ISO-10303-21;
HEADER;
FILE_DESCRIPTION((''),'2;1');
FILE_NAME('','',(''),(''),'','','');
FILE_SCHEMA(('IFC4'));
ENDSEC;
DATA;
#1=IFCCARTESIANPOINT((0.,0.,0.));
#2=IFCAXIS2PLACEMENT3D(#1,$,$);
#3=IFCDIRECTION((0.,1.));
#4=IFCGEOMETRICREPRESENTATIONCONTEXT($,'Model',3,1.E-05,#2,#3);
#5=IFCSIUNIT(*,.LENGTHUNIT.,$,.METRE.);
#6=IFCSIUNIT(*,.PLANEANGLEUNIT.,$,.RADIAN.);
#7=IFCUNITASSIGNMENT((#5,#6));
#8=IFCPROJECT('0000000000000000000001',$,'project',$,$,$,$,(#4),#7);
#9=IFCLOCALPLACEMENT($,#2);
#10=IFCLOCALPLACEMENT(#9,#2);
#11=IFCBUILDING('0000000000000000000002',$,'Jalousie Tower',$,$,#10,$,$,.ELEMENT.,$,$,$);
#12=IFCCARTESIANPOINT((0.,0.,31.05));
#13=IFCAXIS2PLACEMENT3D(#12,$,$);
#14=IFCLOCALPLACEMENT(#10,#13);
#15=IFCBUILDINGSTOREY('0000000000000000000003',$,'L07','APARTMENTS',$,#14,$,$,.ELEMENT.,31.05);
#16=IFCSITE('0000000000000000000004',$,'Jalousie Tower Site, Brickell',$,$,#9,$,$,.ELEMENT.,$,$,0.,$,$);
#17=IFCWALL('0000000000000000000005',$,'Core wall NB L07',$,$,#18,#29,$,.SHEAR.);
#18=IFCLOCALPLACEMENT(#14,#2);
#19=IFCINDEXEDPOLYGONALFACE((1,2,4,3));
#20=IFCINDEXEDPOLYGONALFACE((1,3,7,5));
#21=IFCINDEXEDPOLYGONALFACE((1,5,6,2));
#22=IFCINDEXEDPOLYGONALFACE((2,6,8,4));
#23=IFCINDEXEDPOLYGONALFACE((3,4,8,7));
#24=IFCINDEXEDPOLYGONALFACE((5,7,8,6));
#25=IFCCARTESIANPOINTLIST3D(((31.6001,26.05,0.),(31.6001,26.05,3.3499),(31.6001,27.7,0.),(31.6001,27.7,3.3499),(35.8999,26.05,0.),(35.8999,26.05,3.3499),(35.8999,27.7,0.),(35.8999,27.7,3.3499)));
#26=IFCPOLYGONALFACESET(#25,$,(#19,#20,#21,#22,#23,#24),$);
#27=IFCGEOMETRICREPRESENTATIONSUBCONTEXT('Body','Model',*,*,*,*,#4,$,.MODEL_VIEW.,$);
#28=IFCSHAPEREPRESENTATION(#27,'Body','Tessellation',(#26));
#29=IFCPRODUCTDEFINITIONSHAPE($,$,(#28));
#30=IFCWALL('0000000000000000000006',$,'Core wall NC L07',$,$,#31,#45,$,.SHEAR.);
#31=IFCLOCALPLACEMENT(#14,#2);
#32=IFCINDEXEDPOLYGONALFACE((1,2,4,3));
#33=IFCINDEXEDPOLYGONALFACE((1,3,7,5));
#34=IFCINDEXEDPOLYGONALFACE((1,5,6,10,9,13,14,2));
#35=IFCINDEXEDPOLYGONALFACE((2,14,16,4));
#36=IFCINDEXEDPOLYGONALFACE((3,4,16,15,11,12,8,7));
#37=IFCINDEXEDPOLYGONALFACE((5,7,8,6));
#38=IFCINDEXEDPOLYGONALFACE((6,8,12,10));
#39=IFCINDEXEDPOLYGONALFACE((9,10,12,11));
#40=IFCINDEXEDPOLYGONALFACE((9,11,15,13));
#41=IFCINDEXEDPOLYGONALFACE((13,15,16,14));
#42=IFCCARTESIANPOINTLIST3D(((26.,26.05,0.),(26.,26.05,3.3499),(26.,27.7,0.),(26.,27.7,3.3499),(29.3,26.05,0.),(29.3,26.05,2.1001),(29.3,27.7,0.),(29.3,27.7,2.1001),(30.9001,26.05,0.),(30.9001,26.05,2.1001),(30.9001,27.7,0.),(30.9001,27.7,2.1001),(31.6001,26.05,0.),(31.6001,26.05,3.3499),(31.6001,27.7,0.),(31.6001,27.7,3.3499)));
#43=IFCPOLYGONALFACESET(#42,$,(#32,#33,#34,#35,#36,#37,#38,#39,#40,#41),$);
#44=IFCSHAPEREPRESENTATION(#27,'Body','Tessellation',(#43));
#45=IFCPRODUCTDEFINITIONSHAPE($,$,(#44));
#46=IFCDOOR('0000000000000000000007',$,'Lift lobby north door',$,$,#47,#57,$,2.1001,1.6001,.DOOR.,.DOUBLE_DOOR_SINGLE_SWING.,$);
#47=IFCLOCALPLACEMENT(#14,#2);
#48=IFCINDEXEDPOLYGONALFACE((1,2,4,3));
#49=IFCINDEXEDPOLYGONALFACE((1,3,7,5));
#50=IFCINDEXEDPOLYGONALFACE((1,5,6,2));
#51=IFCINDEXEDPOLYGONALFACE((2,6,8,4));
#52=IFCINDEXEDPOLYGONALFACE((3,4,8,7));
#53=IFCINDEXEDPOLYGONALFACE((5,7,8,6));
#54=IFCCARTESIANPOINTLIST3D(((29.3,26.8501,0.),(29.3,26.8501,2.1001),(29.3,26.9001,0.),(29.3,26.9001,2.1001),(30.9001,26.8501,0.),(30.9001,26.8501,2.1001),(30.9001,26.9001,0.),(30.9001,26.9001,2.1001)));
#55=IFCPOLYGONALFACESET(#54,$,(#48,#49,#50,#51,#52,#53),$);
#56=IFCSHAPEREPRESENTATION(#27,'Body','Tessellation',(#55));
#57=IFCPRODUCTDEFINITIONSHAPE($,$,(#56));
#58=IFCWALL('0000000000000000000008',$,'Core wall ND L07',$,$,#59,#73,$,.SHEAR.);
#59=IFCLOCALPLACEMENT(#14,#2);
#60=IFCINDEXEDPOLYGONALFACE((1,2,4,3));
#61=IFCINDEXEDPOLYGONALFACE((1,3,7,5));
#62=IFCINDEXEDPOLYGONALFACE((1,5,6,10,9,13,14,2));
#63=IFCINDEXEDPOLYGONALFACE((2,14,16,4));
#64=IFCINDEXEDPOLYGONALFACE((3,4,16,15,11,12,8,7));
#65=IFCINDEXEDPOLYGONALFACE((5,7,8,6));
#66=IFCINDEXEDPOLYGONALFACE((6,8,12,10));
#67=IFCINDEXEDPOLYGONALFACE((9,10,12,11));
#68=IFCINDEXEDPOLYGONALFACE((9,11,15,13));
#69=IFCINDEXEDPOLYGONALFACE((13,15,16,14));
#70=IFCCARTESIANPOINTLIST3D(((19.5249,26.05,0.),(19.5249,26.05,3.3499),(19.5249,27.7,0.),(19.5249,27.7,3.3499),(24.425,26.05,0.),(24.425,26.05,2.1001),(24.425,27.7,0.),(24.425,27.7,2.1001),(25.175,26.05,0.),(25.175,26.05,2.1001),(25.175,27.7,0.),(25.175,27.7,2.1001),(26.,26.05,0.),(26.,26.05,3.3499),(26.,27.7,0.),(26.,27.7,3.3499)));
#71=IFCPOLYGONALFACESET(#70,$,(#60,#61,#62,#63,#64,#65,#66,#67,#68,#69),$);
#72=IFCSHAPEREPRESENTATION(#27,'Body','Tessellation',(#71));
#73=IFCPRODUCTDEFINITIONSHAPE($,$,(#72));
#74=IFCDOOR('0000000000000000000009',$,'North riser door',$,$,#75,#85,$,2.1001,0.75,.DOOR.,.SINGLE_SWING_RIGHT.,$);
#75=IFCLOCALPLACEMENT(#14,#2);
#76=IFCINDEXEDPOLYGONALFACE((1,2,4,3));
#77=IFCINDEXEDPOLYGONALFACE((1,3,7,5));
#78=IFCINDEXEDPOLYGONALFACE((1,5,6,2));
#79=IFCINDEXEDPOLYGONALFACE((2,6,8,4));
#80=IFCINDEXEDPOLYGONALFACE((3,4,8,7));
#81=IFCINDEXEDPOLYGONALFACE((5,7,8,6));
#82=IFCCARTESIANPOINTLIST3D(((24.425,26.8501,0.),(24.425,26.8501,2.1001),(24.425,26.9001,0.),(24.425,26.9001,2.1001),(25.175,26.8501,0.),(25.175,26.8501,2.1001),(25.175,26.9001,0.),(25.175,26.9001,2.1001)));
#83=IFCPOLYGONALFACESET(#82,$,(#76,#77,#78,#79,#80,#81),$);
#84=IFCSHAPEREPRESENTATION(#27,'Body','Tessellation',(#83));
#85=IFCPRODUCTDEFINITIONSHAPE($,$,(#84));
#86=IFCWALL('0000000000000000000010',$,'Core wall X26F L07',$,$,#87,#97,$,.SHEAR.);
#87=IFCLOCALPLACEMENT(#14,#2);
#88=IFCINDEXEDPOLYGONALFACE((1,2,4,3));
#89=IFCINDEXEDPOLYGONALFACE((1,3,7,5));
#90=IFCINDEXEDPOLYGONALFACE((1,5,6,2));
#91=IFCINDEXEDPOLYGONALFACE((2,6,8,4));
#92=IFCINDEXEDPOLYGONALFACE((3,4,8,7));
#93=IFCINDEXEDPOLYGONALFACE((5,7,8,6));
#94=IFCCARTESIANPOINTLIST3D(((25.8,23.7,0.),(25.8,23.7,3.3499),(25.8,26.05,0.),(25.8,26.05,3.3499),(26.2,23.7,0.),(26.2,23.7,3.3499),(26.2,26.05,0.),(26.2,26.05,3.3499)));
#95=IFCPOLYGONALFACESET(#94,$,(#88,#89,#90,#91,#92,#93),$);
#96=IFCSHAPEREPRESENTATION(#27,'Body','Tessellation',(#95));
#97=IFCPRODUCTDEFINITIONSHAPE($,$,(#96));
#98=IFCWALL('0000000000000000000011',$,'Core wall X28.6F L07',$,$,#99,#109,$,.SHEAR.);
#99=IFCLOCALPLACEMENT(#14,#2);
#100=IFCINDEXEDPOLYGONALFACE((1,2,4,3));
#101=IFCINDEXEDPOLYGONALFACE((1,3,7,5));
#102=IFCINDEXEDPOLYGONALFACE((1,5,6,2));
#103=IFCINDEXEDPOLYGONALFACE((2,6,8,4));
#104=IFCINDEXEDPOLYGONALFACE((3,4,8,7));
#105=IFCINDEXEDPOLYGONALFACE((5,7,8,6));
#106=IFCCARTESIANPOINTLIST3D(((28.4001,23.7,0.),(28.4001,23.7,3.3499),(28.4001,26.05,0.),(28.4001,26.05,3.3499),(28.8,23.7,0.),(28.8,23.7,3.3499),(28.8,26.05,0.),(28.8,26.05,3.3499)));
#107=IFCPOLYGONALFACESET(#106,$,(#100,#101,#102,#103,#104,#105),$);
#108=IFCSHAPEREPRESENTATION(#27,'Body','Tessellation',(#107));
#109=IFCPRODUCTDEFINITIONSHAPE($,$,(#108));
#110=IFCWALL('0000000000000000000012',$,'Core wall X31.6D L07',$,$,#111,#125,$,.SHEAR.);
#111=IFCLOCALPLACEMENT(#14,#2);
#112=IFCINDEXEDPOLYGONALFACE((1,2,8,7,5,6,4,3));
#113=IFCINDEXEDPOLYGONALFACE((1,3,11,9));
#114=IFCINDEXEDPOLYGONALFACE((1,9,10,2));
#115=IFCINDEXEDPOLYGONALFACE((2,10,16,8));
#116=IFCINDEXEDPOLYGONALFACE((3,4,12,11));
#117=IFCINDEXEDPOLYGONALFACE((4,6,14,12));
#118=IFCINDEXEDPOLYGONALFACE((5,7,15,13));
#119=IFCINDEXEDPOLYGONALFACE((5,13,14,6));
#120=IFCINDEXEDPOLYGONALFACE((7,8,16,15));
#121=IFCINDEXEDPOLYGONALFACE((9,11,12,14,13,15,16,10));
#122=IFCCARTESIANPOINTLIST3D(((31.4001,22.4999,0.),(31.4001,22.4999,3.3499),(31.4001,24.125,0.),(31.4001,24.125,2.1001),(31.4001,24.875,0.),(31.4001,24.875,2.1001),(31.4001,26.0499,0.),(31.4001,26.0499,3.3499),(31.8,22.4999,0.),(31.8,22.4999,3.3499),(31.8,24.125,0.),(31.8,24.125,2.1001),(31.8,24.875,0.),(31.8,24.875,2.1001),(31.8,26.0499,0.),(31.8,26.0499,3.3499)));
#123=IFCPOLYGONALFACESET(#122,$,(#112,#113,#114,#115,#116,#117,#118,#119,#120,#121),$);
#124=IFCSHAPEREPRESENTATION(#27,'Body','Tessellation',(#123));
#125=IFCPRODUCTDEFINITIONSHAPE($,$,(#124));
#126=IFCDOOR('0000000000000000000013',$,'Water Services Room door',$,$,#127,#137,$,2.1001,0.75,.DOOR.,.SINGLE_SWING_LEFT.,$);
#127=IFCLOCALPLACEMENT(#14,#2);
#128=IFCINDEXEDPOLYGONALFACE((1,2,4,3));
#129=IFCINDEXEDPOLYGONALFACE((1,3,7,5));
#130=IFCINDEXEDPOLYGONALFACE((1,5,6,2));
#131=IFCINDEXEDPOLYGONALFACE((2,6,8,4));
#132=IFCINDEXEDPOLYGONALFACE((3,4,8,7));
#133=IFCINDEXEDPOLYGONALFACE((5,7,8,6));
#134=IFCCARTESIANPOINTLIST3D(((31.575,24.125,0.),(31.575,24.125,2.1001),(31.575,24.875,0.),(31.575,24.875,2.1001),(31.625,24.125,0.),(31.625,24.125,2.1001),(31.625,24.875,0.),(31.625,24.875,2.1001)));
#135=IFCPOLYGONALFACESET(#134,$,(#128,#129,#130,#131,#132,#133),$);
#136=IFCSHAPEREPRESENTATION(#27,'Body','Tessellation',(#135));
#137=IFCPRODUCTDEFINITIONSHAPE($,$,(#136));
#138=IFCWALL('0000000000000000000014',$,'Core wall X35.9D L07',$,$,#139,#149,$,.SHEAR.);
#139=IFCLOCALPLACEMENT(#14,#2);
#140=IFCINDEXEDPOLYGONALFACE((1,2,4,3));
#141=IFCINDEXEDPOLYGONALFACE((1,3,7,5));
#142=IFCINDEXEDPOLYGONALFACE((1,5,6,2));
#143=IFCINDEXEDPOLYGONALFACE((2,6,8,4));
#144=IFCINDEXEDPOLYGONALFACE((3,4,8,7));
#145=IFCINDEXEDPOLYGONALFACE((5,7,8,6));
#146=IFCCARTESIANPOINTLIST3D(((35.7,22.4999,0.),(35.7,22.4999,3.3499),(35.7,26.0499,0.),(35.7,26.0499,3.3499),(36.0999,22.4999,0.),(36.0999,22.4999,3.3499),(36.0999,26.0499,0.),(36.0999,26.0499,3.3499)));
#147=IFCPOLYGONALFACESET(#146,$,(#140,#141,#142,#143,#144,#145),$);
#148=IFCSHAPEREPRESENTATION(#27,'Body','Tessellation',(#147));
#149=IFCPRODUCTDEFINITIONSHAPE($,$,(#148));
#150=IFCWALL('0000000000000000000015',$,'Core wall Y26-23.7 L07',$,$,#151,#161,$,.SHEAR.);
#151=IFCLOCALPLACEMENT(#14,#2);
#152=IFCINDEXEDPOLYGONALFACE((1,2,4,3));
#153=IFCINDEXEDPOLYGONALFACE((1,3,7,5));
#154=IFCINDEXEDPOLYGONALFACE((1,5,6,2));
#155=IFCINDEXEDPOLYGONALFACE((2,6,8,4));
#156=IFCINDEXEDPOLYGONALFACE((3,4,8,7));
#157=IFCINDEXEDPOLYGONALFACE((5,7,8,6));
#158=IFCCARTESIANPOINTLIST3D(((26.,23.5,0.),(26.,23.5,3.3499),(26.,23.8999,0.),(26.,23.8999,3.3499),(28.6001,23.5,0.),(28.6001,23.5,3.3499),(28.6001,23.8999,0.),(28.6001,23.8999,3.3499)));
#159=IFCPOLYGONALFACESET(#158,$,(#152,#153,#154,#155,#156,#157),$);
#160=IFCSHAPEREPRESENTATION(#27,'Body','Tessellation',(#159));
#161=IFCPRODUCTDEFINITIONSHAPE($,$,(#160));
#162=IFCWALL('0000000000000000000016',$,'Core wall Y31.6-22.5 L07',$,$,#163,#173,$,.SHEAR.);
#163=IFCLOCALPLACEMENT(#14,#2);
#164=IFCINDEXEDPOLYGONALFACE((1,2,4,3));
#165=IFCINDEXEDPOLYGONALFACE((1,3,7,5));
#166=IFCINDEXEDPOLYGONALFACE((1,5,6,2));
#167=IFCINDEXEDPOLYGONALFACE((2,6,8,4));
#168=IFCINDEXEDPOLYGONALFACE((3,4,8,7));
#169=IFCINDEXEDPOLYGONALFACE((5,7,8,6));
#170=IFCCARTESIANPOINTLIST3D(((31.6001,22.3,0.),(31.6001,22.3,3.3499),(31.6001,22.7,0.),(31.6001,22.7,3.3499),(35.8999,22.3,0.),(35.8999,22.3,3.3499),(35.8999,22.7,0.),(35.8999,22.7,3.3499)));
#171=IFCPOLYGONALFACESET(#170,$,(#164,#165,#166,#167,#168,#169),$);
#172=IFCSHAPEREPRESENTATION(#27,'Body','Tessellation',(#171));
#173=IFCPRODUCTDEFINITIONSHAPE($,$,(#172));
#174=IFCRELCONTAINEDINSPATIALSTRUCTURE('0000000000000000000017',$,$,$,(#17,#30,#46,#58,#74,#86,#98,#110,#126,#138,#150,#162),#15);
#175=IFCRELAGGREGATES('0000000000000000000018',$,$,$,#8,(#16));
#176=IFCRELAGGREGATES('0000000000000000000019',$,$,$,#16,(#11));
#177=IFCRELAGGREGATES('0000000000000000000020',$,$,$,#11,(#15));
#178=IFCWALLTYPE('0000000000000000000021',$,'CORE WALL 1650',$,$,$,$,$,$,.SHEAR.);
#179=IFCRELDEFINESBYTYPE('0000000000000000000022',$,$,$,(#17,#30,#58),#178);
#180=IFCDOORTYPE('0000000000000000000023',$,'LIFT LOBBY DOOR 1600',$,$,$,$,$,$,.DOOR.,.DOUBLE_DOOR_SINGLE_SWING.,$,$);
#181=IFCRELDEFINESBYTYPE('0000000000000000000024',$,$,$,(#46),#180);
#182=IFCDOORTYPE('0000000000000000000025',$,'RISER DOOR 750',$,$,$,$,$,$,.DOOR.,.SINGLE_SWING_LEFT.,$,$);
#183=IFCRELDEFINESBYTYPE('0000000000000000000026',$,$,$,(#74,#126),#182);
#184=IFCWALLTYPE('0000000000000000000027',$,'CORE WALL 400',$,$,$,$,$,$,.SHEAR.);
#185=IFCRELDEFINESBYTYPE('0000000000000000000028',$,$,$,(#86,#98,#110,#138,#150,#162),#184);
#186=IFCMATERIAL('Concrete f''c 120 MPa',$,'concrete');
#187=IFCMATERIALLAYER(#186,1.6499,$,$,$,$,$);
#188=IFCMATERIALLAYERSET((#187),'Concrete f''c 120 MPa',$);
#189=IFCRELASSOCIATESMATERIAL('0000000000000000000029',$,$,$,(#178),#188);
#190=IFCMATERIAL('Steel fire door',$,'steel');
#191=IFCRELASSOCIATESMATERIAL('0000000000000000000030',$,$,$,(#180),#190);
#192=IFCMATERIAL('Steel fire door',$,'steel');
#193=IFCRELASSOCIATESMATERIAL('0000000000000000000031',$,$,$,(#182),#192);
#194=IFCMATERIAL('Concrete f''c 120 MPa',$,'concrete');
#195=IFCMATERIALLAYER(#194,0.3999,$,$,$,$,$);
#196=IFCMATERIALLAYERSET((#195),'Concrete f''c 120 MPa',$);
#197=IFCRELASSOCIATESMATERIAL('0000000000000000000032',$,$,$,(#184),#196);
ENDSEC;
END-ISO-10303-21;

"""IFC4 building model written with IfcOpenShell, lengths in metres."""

from ifc_helpers import new_model, si_unit, direction, frame, frame_2d, origin, place, context, subcontext, project, spatial, rectangle, extrude, material, layer, layer_set, type_object, element, fill, save


model = new_model("IFC4")

# Units and contexts
model_context = context("Model", 3, precision=1e-05, world=origin(), true_north=direction((0.0, 1.0)))
body_context = subcontext(model_context, "Body", "Model", "MODEL_VIEW")
ifc_project = project(units=[si_unit("LENGTHUNIT", "METRE"), si_unit("PLANEANGLEUNIT", "RADIAN")], contexts=[model_context])

# Site, building, storey
site_placement = place(None, origin())
site = spatial("IfcSite", under=ifc_project, at=site_placement, Name="Jalousie Tower Site, Brickell", CompositionType="ELEMENT", RefElevation=0.0)
building_placement = place(site_placement, origin())
building = spatial("IfcBuilding", under=site, at=building_placement, Name="Jalousie Tower", CompositionType="ELEMENT")
storey_placement = place(building_placement, frame((0.0, 0.0, 31.05)))
storey = spatial("IfcBuildingStorey", under=building, at=storey_placement, Name="L07", Description="APARTMENTS", CompositionType="ELEMENT", Elevation=31.05)

# Wall
ifc_material_1 = material(Name="Concrete f'c 120 MPa", Category="concrete")
ifc_layer_1 = layer(ifc_material_1, 1.6499)
ifc_layer_set_1 = layer_set([ifc_layer_1], Name="Concrete f'c 120 MPa")
wall_type_1 = type_object("IfcWallType", Name="CORE WALL 1650", PredefinedType="SHEAR", material=ifc_layer_set_1)
wall_1_placement = place(storey_placement, frame((35.8999, 26.875, 0.0), z_axis=(0.0, 0.0, 1.0), x_axis=(-1.0, 0.0, 0.0)))
element("IfcWall", 1, at=wall_1_placement, inside=storey, type_object=wall_type_1, Name="Core wall NB L07", PredefinedType="SHEAR", context=body_context, shape_type="SweptSolid", body=[
    extrude(rectangle(XDim=4.2998, YDim=1.6499, at=frame_2d((2.1499, 0.0))), origin(), (0.0, 0.0, 1.0), 3.3499),
])

# Walls, openings, doors
wall_2_placement = place(storey_placement, frame((31.6001, 26.875, 0.0), z_axis=(0.0, 0.0, 1.0), x_axis=(-1.0, 0.0, 0.0)))
wall_2 = element("IfcWall", 2, at=wall_2_placement, inside=storey, type_object=wall_type_1, Name="Core wall NC L07", PredefinedType="SHEAR", context=body_context, shape_type="SweptSolid", body=[
    extrude(rectangle(XDim=5.6001, YDim=1.6499, at=frame_2d((2.8, 0.0))), origin(), (0.0, 0.0, 1.0), 3.3499),
])
opening_1_placement = place(wall_2_placement, frame((0.7, 0.0, 0.0)))
opening_1 = element("IfcOpeningElement", 3, at=opening_1_placement, cuts=wall_2, PredefinedType="OPENING", context=body_context, shape_type="SweptSolid", body=[
    extrude(rectangle(XDim=1.6001, YDim=2.1001, at=frame_2d((0.8, 1.05))), frame((0.0, 0.835, 0.0), z_axis=(0.0, -1.0, 0.0), x_axis=(1.0, 0.0, 0.0)), (0.0, 0.0, 1.0), 1.6699),
])
ifc_material_2 = material(Name="Steel fire door", Category="steel")
door_type_1 = type_object("IfcDoorType", Name="LIFT LOBBY DOOR 1600", OperationType="DOUBLE_DOOR_SINGLE_SWING", PredefinedType="DOOR", material=ifc_material_2)
door_1_placement = place(opening_1_placement, origin())
door_1 = element("IfcDoor", 4, at=door_1_placement, inside=storey, type_object=door_type_1, Name="Lift lobby north door", OperationType="DOUBLE_DOOR_SINGLE_SWING", OverallHeight=2.1001, OverallWidth=1.6001, PredefinedType="DOOR", context=body_context, shape_type="SweptSolid", body=[
    extrude(rectangle(XDim=1.6001, YDim=2.1001, at=frame_2d((0.8, 1.05))), frame((0.0, 0.0249, 0.0), z_axis=(0.0, -1.0, 0.0), x_axis=(1.0, 0.0, 0.0)), (0.0, 0.0, 1.0), 0.05),
])
fill(opening_1, door_1)
wall_3_placement = place(storey_placement, frame((26.0, 26.875, 0.0), z_axis=(0.0, 0.0, 1.0), x_axis=(-1.0, 0.0, 0.0)))
wall_3 = element("IfcWall", 5, at=wall_3_placement, inside=storey, type_object=wall_type_1, Name="Core wall ND L07", PredefinedType="SHEAR", context=body_context, shape_type="SweptSolid", body=[
    extrude(rectangle(XDim=6.4751, YDim=1.6499, at=frame_2d((3.2375, 0.0))), origin(), (0.0, 0.0, 1.0), 3.3499),
])
opening_2_placement = place(wall_3_placement, frame((0.825, 0.0, 0.0)))
opening_2 = element("IfcOpeningElement", 6, at=opening_2_placement, cuts=wall_3, PredefinedType="OPENING", context=body_context, shape_type="SweptSolid", body=[
    extrude(rectangle(XDim=0.75, YDim=2.1001, at=frame_2d((0.375, 1.05))), frame((0.0, 0.835, 0.0), z_axis=(0.0, -1.0, 0.0), x_axis=(1.0, 0.0, 0.0)), (0.0, 0.0, 1.0), 1.6699),
])
ifc_material_3 = material(Name="Steel fire door", Category="steel")
door_type_2 = type_object("IfcDoorType", Name="RISER DOOR 750", OperationType="SINGLE_SWING_LEFT", PredefinedType="DOOR", material=ifc_material_3)
door_2_placement = place(opening_2_placement, origin())
door_2 = element("IfcDoor", 7, at=door_2_placement, inside=storey, type_object=door_type_2, Name="North riser door", OperationType="SINGLE_SWING_RIGHT", OverallHeight=2.1001, OverallWidth=0.75, PredefinedType="DOOR", context=body_context, shape_type="SweptSolid", body=[
    extrude(rectangle(XDim=0.75, YDim=2.1001, at=frame_2d((0.375, 1.05))), frame((0.0, 0.0249, 0.0), z_axis=(0.0, -1.0, 0.0), x_axis=(1.0, 0.0, 0.0)), (0.0, 0.0, 1.0), 0.05),
])
fill(opening_2, door_2)

# Walls
ifc_material_4 = material(Name="Concrete f'c 120 MPa", Category="concrete")
ifc_layer_2 = layer(ifc_material_4, 0.3999)
ifc_layer_set_2 = layer_set([ifc_layer_2], Name="Concrete f'c 120 MPa")
wall_type_2 = type_object("IfcWallType", Name="CORE WALL 400", PredefinedType="SHEAR", material=ifc_layer_set_2)
for number, where, z_axis, x_axis, name in (
    (8, (26.0, 23.7, 0.0), (0.0, 0.0, 1.0), (0.0, 1.0, 0.0), "Core wall X26F L07"),
    (9, (28.6001, 23.7, 0.0), (0.0, 0.0, 1.0), (0.0, 1.0, 0.0), "Core wall X28.6F L07"),
):
    element("IfcWall", number, at=place(storey_placement, frame(where, z_axis=z_axis, x_axis=x_axis)), inside=storey, type_object=wall_type_2, Name=name, PredefinedType="SHEAR", context=body_context, shape_type="SweptSolid", body=[
        extrude(rectangle(XDim=2.3501, YDim=0.3999, at=frame_2d((1.175, 0.0))), origin(), (0.0, 0.0, 1.0), 3.3499),
    ])

# Wall, opening, door
wall_4_placement = place(storey_placement, frame((31.6001, 22.5, 0.0), z_axis=(0.0, 0.0, 1.0), x_axis=(0.0, 1.0, 0.0)))
wall_4 = element("IfcWall", 10, at=wall_4_placement, inside=storey, type_object=wall_type_2, Name="Core wall X31.6D L07", PredefinedType="SHEAR", context=body_context, shape_type="SweptSolid", body=[
    extrude(rectangle(XDim=3.55, YDim=0.3999, at=frame_2d((1.7749, 0.0))), origin(), (0.0, 0.0, 1.0), 3.3499),
])
opening_3_placement = place(wall_4_placement, frame((1.625, 0.0, 0.0)))
opening_3 = element("IfcOpeningElement", 11, at=opening_3_placement, cuts=wall_4, PredefinedType="OPENING", context=body_context, shape_type="SweptSolid", body=[
    extrude(rectangle(XDim=0.75, YDim=2.1001, at=frame_2d((0.375, 1.05))), frame((0.0, 0.21, 0.0), z_axis=(0.0, -1.0, 0.0), x_axis=(1.0, 0.0, 0.0)), (0.0, 0.0, 1.0), 0.4199),
])
door_3_placement = place(opening_3_placement, frame((0.75, 0.0, 0.0), z_axis=(0.0, 0.0, 1.0), x_axis=(-1.0, 0.0, 0.0)))
door_3 = element("IfcDoor", 12, at=door_3_placement, inside=storey, type_object=door_type_2, Name="Water Services Room door", OperationType="SINGLE_SWING_LEFT", OverallHeight=2.1001, OverallWidth=0.75, PredefinedType="DOOR", context=body_context, shape_type="SweptSolid", body=[
    extrude(rectangle(XDim=0.75, YDim=2.1001, at=frame_2d((0.375, 1.05))), frame((0.0, 0.0249, 0.0), z_axis=(0.0, -1.0, 0.0), x_axis=(1.0, 0.0, 0.0)), (0.0, 0.0, 1.0), 0.05),
])
fill(opening_3, door_3)

# Walls
wall_5_placement = place(storey_placement, frame((35.8999, 22.5, 0.0), z_axis=(0.0, 0.0, 1.0), x_axis=(0.0, 1.0, 0.0)))
element("IfcWall", 13, at=wall_5_placement, inside=storey, type_object=wall_type_2, Name="Core wall X35.9D L07", PredefinedType="SHEAR", context=body_context, shape_type="SweptSolid", body=[
    extrude(rectangle(XDim=3.55, YDim=0.3999, at=frame_2d((1.7749, 0.0))), origin(), (0.0, 0.0, 1.0), 3.3499),
])
wall_6_placement = place(storey_placement, frame((26.0, 23.7, 0.0), z_axis=(0.0, 0.0, 1.0), x_axis=(1.0, 0.0, 0.0)))
element("IfcWall", 14, at=wall_6_placement, inside=storey, type_object=wall_type_2, Name="Core wall Y26-23.7 L07", PredefinedType="SHEAR", context=body_context, shape_type="SweptSolid", body=[
    extrude(rectangle(XDim=2.6001, YDim=0.3999, at=frame_2d((1.3, 0.0))), origin(), (0.0, 0.0, 1.0), 3.3499),
])
wall_7_placement = place(storey_placement, frame((31.6001, 22.5, 0.0), z_axis=(0.0, 0.0, 1.0), x_axis=(1.0, 0.0, 0.0)))
element("IfcWall", 15, at=wall_7_placement, inside=storey, type_object=wall_type_2, Name="Core wall Y31.6-22.5 L07", PredefinedType="SHEAR", context=body_context, shape_type="SweptSolid", body=[
    extrude(rectangle(XDim=4.2998, YDim=0.3999, at=frame_2d((2.1499, 0.0))), origin(), (0.0, 0.0, 1.0), 3.3499),
])

save(model, "model.ifc")
